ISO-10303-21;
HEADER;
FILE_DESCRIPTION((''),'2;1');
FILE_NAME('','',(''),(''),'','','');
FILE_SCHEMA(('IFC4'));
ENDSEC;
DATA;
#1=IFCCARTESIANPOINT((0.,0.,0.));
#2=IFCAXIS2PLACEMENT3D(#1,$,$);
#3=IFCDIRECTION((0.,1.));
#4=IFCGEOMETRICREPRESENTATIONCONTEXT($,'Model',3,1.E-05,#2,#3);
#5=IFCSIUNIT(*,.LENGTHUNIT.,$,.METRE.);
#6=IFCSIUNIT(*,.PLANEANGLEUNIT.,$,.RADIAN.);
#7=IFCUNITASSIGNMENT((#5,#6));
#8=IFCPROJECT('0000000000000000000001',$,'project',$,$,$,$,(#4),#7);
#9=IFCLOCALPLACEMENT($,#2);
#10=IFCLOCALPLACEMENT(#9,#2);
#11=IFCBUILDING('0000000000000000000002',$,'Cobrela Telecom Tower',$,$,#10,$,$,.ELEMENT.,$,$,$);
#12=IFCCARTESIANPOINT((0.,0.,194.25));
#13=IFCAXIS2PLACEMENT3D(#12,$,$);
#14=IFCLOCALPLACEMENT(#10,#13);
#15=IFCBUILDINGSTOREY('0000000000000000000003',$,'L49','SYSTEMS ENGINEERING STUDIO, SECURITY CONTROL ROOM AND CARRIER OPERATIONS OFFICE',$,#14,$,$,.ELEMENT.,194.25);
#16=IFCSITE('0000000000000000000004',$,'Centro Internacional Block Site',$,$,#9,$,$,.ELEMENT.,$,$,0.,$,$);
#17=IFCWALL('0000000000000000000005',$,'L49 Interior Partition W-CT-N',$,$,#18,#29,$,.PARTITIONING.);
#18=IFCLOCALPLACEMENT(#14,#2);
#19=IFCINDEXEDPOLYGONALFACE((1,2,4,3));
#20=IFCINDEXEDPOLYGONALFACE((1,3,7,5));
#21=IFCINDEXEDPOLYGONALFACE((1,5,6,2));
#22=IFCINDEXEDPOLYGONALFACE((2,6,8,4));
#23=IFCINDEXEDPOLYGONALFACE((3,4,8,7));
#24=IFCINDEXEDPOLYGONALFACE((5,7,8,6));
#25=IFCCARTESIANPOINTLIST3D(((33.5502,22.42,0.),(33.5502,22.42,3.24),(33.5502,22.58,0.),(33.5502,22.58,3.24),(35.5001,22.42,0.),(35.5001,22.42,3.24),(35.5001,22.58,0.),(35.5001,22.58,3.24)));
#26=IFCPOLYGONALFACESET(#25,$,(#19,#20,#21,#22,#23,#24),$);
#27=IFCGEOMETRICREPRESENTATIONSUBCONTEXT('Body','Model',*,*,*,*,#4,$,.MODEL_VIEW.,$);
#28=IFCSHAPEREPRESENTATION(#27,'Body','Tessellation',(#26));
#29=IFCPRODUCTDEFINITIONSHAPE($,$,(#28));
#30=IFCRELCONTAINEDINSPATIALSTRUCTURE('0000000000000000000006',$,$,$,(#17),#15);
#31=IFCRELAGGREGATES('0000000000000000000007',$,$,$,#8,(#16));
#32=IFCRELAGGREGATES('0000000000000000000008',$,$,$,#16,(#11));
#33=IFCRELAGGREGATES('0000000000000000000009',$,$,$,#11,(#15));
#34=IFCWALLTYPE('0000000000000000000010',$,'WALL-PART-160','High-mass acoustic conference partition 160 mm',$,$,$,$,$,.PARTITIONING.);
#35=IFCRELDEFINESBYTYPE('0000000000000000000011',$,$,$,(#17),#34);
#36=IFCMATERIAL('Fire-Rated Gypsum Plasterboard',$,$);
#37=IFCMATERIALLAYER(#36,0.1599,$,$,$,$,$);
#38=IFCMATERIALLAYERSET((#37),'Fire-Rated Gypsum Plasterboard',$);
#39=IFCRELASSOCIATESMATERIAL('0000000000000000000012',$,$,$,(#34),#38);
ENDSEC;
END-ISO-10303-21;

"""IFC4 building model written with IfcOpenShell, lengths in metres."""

from ifc_helpers import new_model, si_unit, direction, frame, frame_2d, origin, place, context, subcontext, project, spatial, rectangle, extrude, material, layer, layer_set, type_object, element, save


model = new_model("IFC4")

# Units and contexts
model_context = context("Model", 3, precision=1e-05, world=origin(), true_north=direction((0.0, 1.0)))
body_context = subcontext(model_context, "Body", "Model", "MODEL_VIEW")
ifc_project = project(units=[si_unit("LENGTHUNIT", "METRE"), si_unit("PLANEANGLEUNIT", "RADIAN")], contexts=[model_context])

# Site, building, storey
site_placement = place(None, origin())
site = spatial("IfcSite", under=ifc_project, at=site_placement, Name="Centro Internacional Block Site", CompositionType="ELEMENT", RefElevation=0.0)
building_placement = place(site_placement, origin())
building = spatial("IfcBuilding", under=site, at=building_placement, Name="Cobrela Telecom Tower", CompositionType="ELEMENT")
storey_placement = place(building_placement, frame((0.0, 0.0, 194.25)))
storey = spatial("IfcBuildingStorey", under=building, at=storey_placement, Name="L49", Description="SYSTEMS ENGINEERING STUDIO, SECURITY CONTROL ROOM AND CARRIER OPERATIONS OFFICE", CompositionType="ELEMENT", Elevation=194.25)

# Wall
ifc_material_1 = material(Name="Fire-Rated Gypsum Plasterboard")
ifc_layer_1 = layer(ifc_material_1, 0.1599)
ifc_layer_set_1 = layer_set([ifc_layer_1], Name="Fire-Rated Gypsum Plasterboard")
wall_type_1 = type_object("IfcWallType", Name="WALL-PART-160", Description="High-mass acoustic conference partition 160 mm", PredefinedType="PARTITIONING", material=ifc_layer_set_1)
wall_1_placement = place(storey_placement, frame((33.55, 22.5, 0.0), z_axis=(0.0, 0.0, 1.0), x_axis=(1.0, 0.0, 0.0)))
element("IfcWall", 1, at=wall_1_placement, inside=storey, type_object=wall_type_1, Name="L49 Interior Partition W-CT-N", PredefinedType="PARTITIONING", context=body_context, shape_type="SweptSolid", body=[
    extrude(rectangle(XDim=1.95, YDim=0.1599, at=frame_2d((0.9751, 0.0))), origin(), (0.0, 0.0, 1.0), 3.24),
])

save(model, "model.ifc")
